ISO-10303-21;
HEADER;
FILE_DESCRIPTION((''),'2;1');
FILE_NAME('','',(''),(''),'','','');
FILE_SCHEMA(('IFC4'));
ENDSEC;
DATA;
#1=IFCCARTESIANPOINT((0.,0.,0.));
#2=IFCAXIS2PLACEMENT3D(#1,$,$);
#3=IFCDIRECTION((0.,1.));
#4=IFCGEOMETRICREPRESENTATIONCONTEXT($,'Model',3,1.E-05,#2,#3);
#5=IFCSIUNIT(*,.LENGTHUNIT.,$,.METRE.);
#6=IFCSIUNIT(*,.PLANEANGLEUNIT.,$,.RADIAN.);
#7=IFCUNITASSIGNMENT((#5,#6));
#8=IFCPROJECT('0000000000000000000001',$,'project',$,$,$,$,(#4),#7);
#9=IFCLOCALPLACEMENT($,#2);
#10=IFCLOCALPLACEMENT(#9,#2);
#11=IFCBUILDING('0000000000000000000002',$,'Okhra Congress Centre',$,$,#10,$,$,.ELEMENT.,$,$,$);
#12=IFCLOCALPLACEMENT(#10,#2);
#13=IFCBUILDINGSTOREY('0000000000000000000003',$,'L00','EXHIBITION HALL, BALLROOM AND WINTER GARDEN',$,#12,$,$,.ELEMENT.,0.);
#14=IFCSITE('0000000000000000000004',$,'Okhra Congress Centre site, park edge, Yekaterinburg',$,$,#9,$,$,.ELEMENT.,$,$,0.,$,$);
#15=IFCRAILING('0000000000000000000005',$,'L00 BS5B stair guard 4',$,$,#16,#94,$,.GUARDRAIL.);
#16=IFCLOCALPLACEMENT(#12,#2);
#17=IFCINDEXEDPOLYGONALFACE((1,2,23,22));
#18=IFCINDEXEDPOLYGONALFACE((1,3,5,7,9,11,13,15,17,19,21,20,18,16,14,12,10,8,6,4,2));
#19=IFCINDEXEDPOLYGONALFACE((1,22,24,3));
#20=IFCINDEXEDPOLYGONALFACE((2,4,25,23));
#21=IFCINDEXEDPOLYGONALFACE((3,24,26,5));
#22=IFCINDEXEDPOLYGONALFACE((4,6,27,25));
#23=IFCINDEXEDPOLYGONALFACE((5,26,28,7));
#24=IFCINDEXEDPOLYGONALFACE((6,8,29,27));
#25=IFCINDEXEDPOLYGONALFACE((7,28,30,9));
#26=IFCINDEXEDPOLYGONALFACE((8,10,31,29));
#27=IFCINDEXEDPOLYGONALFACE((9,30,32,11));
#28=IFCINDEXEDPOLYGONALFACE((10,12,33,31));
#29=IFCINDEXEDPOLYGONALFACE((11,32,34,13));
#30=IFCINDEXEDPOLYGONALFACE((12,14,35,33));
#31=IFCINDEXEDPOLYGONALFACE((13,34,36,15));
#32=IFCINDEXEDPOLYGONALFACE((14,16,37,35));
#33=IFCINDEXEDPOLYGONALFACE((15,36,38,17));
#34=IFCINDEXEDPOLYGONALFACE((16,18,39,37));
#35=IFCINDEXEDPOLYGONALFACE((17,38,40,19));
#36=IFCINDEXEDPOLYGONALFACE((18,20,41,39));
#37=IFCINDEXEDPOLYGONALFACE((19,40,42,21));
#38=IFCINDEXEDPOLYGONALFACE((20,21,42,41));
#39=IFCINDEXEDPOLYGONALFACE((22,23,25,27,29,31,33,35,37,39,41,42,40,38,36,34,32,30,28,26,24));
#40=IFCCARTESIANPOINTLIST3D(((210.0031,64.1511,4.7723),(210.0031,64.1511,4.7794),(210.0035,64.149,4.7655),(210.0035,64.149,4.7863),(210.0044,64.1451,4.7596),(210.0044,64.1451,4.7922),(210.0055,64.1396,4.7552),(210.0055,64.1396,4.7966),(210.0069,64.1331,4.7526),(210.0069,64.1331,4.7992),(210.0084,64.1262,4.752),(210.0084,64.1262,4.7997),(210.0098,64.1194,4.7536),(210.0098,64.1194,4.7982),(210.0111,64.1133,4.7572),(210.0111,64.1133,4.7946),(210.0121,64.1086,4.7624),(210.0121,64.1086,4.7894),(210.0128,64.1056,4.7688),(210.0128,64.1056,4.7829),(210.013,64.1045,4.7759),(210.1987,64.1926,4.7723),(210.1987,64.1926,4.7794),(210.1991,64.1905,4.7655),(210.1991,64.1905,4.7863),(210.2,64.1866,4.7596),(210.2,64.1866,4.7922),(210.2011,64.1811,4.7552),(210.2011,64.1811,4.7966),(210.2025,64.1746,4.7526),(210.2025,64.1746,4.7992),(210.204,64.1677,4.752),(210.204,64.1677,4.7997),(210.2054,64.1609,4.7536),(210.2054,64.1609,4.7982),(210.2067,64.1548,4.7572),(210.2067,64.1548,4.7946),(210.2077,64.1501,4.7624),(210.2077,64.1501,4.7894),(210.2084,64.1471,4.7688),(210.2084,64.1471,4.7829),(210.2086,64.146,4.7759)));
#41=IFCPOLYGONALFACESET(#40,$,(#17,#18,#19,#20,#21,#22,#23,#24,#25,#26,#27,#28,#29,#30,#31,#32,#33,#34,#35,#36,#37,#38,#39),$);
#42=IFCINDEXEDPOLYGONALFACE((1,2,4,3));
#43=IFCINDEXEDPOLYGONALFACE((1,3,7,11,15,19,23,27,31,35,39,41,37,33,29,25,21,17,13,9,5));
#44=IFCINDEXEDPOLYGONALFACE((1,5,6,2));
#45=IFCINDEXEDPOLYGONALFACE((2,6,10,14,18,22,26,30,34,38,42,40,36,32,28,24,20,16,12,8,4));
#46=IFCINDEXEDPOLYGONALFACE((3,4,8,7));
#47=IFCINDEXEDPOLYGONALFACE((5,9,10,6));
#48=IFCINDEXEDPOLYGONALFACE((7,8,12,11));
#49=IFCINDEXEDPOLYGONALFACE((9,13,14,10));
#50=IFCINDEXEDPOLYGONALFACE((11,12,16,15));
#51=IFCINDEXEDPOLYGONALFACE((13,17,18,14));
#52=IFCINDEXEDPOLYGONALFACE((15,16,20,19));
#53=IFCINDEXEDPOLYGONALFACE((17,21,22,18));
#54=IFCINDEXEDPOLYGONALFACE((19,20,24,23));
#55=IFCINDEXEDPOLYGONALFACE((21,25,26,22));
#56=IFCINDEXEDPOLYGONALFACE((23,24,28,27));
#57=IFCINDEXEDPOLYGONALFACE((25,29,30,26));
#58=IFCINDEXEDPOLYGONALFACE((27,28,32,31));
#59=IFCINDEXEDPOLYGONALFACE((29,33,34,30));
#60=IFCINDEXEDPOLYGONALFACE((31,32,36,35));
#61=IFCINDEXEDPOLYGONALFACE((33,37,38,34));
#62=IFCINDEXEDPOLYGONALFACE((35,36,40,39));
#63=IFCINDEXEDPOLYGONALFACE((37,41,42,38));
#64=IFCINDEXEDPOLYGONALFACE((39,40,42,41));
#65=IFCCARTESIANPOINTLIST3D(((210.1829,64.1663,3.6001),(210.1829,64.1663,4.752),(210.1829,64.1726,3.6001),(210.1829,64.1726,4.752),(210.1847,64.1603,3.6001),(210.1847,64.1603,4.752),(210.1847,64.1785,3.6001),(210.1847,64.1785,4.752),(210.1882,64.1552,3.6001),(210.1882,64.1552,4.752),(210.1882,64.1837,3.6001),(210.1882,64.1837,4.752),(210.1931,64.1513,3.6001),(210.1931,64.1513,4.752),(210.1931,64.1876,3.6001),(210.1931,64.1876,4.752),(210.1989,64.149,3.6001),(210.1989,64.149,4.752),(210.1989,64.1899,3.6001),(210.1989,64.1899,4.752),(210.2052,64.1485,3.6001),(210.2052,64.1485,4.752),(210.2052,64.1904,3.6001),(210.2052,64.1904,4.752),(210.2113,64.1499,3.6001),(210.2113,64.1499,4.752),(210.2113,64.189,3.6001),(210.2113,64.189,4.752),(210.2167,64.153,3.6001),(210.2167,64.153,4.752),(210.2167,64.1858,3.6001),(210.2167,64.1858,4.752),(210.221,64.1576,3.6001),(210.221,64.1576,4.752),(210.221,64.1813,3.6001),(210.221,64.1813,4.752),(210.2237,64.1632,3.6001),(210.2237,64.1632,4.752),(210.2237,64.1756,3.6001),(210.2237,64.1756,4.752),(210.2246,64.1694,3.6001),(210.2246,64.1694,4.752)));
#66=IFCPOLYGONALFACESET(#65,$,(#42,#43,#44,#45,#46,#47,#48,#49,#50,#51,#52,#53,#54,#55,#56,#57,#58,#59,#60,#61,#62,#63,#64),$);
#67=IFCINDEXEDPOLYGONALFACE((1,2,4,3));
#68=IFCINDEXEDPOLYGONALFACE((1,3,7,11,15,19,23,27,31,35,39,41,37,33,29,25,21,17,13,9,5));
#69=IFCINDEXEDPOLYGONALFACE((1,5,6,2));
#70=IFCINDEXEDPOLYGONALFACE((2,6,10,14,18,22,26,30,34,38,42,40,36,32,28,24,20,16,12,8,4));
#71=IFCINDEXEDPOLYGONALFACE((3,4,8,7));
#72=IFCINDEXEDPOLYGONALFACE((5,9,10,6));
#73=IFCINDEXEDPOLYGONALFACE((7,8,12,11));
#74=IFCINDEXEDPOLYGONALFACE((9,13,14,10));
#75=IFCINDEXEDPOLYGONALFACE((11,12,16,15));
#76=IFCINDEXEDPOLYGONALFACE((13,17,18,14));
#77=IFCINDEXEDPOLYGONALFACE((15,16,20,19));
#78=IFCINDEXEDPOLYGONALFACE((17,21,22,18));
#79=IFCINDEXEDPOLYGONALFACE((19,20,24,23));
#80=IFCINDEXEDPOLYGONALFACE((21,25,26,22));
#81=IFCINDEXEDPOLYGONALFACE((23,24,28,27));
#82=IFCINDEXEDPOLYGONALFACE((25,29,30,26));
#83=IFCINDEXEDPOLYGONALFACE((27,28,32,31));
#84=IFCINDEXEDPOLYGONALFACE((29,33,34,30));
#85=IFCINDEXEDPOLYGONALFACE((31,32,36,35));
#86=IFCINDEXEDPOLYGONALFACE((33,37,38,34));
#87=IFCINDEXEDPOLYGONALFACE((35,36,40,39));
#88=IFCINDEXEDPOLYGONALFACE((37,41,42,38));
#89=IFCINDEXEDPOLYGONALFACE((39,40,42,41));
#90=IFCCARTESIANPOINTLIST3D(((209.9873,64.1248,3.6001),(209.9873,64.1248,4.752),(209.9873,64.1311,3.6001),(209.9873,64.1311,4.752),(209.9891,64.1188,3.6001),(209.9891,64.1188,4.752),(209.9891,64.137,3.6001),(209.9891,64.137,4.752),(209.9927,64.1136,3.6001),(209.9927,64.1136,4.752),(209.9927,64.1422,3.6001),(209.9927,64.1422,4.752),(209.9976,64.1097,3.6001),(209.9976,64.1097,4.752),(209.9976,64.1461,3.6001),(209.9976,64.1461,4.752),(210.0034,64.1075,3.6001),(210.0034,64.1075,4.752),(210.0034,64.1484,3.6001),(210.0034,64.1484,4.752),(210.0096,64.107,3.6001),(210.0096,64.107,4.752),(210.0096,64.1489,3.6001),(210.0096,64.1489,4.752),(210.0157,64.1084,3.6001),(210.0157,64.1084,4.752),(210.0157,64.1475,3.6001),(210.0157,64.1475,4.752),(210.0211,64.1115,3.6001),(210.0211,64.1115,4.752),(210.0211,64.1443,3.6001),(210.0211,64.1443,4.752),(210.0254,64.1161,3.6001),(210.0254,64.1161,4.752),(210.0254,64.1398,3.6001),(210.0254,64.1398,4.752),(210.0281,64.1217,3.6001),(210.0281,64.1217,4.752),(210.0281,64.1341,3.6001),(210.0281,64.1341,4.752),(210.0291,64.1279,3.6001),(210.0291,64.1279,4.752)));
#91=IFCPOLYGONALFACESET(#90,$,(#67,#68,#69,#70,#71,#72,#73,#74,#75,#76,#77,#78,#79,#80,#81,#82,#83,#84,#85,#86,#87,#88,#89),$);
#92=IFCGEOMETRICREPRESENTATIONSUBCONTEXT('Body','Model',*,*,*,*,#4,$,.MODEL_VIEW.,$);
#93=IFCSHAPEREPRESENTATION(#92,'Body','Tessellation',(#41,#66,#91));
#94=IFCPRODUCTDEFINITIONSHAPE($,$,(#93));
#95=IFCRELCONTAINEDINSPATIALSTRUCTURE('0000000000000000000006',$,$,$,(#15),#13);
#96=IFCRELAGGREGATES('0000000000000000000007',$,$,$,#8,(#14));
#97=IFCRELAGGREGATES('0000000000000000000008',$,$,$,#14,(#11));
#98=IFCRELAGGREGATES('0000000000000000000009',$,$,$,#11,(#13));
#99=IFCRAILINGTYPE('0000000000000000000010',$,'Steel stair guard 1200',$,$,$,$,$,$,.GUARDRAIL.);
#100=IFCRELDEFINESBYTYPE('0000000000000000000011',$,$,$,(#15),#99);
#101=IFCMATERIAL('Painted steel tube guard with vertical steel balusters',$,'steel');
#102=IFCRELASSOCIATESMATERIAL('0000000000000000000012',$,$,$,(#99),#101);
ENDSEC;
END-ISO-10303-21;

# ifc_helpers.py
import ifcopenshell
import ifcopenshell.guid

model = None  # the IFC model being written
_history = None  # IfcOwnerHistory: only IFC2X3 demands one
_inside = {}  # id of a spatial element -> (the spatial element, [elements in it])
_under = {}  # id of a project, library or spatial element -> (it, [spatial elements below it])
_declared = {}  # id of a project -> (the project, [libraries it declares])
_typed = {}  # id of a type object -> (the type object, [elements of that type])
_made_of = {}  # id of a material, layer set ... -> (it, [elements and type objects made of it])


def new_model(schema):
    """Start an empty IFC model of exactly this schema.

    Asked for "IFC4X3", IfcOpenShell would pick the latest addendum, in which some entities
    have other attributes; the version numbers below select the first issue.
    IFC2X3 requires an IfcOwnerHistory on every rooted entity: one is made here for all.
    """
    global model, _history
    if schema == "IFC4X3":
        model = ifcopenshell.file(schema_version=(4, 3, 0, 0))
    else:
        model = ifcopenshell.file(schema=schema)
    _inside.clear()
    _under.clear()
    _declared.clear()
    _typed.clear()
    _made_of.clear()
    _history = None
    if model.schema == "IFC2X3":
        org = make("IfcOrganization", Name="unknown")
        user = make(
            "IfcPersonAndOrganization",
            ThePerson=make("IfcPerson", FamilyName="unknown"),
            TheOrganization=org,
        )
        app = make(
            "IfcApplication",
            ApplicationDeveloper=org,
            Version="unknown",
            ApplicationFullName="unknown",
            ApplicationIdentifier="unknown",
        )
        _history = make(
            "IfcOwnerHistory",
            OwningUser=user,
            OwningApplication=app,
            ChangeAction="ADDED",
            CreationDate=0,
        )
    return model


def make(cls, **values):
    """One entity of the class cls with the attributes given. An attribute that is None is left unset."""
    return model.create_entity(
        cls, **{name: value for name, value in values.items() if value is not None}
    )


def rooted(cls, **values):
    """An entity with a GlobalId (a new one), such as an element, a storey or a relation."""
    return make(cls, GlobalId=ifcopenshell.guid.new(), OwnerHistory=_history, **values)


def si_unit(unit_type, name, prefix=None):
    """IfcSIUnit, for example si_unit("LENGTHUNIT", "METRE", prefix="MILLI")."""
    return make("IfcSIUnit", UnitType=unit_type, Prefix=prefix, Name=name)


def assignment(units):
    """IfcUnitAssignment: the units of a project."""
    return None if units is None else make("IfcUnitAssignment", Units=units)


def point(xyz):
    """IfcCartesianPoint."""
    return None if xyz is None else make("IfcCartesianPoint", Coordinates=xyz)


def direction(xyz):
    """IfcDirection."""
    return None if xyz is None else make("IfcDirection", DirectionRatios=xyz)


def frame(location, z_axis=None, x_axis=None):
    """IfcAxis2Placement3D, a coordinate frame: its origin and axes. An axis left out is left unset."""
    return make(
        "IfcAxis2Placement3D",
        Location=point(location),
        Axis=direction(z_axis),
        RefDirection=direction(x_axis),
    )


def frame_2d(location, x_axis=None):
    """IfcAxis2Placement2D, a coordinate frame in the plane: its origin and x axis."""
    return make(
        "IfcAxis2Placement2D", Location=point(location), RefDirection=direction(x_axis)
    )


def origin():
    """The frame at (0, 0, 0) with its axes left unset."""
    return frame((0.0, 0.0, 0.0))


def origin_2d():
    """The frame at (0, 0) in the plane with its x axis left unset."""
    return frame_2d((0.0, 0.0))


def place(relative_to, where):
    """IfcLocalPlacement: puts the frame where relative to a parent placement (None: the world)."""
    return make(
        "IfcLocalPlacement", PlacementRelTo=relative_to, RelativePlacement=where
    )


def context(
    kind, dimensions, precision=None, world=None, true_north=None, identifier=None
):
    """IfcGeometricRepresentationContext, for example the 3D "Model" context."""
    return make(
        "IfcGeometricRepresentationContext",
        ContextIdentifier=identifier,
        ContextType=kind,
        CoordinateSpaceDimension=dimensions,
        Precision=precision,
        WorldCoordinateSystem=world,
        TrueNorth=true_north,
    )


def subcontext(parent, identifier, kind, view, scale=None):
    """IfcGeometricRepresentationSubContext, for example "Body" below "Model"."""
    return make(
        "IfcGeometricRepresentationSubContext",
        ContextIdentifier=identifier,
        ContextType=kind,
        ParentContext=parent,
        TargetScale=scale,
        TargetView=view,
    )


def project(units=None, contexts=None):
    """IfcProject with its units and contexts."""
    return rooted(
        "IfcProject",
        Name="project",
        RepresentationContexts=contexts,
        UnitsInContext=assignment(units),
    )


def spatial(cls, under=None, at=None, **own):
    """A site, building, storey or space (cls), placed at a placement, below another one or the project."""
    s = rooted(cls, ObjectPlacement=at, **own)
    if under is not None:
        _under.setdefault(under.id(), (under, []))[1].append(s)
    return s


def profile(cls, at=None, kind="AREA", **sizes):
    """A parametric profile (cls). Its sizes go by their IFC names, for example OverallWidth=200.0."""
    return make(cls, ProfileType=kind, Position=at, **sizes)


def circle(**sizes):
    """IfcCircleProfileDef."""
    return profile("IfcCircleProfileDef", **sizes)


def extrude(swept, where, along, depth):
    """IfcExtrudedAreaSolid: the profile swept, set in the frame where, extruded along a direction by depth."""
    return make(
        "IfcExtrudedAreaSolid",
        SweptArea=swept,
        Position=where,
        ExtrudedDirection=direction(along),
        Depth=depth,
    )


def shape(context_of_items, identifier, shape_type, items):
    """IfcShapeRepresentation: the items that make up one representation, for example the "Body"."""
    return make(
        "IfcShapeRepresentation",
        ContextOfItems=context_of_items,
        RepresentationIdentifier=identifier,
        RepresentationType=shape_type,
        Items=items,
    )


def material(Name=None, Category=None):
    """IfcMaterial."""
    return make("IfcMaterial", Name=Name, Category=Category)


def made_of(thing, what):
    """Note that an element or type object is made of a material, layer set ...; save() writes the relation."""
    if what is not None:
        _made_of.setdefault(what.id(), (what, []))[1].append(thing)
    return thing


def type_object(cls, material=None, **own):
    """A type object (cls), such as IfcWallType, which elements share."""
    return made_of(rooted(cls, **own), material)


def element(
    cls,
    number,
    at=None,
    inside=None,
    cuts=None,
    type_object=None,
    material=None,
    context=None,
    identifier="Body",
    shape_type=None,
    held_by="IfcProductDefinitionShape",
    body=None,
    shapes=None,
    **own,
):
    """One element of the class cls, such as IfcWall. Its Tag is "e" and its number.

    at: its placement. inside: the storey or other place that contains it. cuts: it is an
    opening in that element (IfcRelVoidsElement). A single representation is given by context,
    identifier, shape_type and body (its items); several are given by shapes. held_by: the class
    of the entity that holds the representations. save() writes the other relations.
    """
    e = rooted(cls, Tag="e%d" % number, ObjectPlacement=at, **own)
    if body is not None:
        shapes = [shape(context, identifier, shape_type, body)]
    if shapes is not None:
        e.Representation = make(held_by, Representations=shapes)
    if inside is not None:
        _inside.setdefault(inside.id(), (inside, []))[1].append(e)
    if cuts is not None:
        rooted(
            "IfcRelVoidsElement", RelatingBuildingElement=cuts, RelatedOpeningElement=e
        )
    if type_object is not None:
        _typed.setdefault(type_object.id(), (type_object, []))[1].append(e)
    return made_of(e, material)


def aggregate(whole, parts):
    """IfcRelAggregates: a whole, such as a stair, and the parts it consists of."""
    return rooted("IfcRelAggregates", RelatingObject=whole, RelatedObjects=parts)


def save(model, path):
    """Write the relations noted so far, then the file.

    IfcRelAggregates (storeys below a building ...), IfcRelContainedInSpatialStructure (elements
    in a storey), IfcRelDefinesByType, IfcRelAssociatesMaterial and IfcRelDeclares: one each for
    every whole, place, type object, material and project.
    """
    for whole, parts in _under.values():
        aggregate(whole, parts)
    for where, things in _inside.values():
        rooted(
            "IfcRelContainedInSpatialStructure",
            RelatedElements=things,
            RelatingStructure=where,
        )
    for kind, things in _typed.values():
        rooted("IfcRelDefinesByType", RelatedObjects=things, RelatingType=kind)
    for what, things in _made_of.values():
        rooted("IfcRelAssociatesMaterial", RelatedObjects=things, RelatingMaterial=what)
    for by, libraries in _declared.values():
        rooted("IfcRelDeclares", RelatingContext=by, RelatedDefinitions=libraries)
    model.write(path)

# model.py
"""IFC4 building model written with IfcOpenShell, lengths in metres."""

from ifc_helpers import new_model, si_unit, direction, frame, origin, origin_2d, place, context, subcontext, project, spatial, circle, extrude, material, type_object, element, save


model = new_model("IFC4")

# Units and contexts
model_context = context("Model", 3, precision=1e-05, world=origin(), true_north=direction((0.0, 1.0)))
body_context = subcontext(model_context, "Body", "Model", "MODEL_VIEW")
ifc_project = project(units=[si_unit("LENGTHUNIT", "METRE"), si_unit("PLANEANGLEUNIT", "RADIAN")], contexts=[model_context])

# Site, building, storey
site_placement = place(None, origin())
site = spatial("IfcSite", under=ifc_project, at=site_placement, Name="Okhra Congress Centre site, park edge, Yekaterinburg", CompositionType="ELEMENT", RefElevation=0.0)
building_placement = place(site_placement, origin())
building = spatial("IfcBuilding", under=site, at=building_placement, Name="Okhra Congress Centre", CompositionType="ELEMENT")
storey_placement = place(building_placement, origin())
storey = spatial("IfcBuildingStorey", under=building, at=storey_placement, Name="L00", Description="EXHIBITION HALL, BALLROOM AND WINTER GARDEN", CompositionType="ELEMENT", Elevation=0.0)

# Railing
ifc_material_1 = material(Name="Painted steel tube guard with vertical steel balusters", Category="steel")
railing_type_1 = type_object("IfcRailingType", Name="Steel stair guard 1200", PredefinedType="GUARDRAIL", material=ifc_material_1)
railing_1_placement = place(storey_placement, frame((210.2036, 64.1694, 3.6001)))
element("IfcRailing", 1, at=railing_1_placement, inside=storey, type_object=railing_type_1, Name="L00 BS5B stair guard 4", PredefinedType="GUARDRAIL", context=body_context, shape_type="SweptSolid", body=[
    extrude(circle(Radius=0.0239, at=origin_2d()), frame((0.0, 0.0, 1.1758), z_axis=(-0.978212, -0.20761, 0.0), x_axis=(0.20761, -0.978212, 0.0)), (0.0, 0.0, 1.0), 0.2),
    extrude(circle(Radius=0.021, at=origin_2d()), origin(), (0.0, 0.0, 1.0), 1.1519),
    extrude(circle(Radius=0.021, at=origin_2d()), frame((-0.1956, -0.0415, 0.0)), (0.0, 0.0, 1.0), 1.1519),
])

save(model, "model.ifc")
